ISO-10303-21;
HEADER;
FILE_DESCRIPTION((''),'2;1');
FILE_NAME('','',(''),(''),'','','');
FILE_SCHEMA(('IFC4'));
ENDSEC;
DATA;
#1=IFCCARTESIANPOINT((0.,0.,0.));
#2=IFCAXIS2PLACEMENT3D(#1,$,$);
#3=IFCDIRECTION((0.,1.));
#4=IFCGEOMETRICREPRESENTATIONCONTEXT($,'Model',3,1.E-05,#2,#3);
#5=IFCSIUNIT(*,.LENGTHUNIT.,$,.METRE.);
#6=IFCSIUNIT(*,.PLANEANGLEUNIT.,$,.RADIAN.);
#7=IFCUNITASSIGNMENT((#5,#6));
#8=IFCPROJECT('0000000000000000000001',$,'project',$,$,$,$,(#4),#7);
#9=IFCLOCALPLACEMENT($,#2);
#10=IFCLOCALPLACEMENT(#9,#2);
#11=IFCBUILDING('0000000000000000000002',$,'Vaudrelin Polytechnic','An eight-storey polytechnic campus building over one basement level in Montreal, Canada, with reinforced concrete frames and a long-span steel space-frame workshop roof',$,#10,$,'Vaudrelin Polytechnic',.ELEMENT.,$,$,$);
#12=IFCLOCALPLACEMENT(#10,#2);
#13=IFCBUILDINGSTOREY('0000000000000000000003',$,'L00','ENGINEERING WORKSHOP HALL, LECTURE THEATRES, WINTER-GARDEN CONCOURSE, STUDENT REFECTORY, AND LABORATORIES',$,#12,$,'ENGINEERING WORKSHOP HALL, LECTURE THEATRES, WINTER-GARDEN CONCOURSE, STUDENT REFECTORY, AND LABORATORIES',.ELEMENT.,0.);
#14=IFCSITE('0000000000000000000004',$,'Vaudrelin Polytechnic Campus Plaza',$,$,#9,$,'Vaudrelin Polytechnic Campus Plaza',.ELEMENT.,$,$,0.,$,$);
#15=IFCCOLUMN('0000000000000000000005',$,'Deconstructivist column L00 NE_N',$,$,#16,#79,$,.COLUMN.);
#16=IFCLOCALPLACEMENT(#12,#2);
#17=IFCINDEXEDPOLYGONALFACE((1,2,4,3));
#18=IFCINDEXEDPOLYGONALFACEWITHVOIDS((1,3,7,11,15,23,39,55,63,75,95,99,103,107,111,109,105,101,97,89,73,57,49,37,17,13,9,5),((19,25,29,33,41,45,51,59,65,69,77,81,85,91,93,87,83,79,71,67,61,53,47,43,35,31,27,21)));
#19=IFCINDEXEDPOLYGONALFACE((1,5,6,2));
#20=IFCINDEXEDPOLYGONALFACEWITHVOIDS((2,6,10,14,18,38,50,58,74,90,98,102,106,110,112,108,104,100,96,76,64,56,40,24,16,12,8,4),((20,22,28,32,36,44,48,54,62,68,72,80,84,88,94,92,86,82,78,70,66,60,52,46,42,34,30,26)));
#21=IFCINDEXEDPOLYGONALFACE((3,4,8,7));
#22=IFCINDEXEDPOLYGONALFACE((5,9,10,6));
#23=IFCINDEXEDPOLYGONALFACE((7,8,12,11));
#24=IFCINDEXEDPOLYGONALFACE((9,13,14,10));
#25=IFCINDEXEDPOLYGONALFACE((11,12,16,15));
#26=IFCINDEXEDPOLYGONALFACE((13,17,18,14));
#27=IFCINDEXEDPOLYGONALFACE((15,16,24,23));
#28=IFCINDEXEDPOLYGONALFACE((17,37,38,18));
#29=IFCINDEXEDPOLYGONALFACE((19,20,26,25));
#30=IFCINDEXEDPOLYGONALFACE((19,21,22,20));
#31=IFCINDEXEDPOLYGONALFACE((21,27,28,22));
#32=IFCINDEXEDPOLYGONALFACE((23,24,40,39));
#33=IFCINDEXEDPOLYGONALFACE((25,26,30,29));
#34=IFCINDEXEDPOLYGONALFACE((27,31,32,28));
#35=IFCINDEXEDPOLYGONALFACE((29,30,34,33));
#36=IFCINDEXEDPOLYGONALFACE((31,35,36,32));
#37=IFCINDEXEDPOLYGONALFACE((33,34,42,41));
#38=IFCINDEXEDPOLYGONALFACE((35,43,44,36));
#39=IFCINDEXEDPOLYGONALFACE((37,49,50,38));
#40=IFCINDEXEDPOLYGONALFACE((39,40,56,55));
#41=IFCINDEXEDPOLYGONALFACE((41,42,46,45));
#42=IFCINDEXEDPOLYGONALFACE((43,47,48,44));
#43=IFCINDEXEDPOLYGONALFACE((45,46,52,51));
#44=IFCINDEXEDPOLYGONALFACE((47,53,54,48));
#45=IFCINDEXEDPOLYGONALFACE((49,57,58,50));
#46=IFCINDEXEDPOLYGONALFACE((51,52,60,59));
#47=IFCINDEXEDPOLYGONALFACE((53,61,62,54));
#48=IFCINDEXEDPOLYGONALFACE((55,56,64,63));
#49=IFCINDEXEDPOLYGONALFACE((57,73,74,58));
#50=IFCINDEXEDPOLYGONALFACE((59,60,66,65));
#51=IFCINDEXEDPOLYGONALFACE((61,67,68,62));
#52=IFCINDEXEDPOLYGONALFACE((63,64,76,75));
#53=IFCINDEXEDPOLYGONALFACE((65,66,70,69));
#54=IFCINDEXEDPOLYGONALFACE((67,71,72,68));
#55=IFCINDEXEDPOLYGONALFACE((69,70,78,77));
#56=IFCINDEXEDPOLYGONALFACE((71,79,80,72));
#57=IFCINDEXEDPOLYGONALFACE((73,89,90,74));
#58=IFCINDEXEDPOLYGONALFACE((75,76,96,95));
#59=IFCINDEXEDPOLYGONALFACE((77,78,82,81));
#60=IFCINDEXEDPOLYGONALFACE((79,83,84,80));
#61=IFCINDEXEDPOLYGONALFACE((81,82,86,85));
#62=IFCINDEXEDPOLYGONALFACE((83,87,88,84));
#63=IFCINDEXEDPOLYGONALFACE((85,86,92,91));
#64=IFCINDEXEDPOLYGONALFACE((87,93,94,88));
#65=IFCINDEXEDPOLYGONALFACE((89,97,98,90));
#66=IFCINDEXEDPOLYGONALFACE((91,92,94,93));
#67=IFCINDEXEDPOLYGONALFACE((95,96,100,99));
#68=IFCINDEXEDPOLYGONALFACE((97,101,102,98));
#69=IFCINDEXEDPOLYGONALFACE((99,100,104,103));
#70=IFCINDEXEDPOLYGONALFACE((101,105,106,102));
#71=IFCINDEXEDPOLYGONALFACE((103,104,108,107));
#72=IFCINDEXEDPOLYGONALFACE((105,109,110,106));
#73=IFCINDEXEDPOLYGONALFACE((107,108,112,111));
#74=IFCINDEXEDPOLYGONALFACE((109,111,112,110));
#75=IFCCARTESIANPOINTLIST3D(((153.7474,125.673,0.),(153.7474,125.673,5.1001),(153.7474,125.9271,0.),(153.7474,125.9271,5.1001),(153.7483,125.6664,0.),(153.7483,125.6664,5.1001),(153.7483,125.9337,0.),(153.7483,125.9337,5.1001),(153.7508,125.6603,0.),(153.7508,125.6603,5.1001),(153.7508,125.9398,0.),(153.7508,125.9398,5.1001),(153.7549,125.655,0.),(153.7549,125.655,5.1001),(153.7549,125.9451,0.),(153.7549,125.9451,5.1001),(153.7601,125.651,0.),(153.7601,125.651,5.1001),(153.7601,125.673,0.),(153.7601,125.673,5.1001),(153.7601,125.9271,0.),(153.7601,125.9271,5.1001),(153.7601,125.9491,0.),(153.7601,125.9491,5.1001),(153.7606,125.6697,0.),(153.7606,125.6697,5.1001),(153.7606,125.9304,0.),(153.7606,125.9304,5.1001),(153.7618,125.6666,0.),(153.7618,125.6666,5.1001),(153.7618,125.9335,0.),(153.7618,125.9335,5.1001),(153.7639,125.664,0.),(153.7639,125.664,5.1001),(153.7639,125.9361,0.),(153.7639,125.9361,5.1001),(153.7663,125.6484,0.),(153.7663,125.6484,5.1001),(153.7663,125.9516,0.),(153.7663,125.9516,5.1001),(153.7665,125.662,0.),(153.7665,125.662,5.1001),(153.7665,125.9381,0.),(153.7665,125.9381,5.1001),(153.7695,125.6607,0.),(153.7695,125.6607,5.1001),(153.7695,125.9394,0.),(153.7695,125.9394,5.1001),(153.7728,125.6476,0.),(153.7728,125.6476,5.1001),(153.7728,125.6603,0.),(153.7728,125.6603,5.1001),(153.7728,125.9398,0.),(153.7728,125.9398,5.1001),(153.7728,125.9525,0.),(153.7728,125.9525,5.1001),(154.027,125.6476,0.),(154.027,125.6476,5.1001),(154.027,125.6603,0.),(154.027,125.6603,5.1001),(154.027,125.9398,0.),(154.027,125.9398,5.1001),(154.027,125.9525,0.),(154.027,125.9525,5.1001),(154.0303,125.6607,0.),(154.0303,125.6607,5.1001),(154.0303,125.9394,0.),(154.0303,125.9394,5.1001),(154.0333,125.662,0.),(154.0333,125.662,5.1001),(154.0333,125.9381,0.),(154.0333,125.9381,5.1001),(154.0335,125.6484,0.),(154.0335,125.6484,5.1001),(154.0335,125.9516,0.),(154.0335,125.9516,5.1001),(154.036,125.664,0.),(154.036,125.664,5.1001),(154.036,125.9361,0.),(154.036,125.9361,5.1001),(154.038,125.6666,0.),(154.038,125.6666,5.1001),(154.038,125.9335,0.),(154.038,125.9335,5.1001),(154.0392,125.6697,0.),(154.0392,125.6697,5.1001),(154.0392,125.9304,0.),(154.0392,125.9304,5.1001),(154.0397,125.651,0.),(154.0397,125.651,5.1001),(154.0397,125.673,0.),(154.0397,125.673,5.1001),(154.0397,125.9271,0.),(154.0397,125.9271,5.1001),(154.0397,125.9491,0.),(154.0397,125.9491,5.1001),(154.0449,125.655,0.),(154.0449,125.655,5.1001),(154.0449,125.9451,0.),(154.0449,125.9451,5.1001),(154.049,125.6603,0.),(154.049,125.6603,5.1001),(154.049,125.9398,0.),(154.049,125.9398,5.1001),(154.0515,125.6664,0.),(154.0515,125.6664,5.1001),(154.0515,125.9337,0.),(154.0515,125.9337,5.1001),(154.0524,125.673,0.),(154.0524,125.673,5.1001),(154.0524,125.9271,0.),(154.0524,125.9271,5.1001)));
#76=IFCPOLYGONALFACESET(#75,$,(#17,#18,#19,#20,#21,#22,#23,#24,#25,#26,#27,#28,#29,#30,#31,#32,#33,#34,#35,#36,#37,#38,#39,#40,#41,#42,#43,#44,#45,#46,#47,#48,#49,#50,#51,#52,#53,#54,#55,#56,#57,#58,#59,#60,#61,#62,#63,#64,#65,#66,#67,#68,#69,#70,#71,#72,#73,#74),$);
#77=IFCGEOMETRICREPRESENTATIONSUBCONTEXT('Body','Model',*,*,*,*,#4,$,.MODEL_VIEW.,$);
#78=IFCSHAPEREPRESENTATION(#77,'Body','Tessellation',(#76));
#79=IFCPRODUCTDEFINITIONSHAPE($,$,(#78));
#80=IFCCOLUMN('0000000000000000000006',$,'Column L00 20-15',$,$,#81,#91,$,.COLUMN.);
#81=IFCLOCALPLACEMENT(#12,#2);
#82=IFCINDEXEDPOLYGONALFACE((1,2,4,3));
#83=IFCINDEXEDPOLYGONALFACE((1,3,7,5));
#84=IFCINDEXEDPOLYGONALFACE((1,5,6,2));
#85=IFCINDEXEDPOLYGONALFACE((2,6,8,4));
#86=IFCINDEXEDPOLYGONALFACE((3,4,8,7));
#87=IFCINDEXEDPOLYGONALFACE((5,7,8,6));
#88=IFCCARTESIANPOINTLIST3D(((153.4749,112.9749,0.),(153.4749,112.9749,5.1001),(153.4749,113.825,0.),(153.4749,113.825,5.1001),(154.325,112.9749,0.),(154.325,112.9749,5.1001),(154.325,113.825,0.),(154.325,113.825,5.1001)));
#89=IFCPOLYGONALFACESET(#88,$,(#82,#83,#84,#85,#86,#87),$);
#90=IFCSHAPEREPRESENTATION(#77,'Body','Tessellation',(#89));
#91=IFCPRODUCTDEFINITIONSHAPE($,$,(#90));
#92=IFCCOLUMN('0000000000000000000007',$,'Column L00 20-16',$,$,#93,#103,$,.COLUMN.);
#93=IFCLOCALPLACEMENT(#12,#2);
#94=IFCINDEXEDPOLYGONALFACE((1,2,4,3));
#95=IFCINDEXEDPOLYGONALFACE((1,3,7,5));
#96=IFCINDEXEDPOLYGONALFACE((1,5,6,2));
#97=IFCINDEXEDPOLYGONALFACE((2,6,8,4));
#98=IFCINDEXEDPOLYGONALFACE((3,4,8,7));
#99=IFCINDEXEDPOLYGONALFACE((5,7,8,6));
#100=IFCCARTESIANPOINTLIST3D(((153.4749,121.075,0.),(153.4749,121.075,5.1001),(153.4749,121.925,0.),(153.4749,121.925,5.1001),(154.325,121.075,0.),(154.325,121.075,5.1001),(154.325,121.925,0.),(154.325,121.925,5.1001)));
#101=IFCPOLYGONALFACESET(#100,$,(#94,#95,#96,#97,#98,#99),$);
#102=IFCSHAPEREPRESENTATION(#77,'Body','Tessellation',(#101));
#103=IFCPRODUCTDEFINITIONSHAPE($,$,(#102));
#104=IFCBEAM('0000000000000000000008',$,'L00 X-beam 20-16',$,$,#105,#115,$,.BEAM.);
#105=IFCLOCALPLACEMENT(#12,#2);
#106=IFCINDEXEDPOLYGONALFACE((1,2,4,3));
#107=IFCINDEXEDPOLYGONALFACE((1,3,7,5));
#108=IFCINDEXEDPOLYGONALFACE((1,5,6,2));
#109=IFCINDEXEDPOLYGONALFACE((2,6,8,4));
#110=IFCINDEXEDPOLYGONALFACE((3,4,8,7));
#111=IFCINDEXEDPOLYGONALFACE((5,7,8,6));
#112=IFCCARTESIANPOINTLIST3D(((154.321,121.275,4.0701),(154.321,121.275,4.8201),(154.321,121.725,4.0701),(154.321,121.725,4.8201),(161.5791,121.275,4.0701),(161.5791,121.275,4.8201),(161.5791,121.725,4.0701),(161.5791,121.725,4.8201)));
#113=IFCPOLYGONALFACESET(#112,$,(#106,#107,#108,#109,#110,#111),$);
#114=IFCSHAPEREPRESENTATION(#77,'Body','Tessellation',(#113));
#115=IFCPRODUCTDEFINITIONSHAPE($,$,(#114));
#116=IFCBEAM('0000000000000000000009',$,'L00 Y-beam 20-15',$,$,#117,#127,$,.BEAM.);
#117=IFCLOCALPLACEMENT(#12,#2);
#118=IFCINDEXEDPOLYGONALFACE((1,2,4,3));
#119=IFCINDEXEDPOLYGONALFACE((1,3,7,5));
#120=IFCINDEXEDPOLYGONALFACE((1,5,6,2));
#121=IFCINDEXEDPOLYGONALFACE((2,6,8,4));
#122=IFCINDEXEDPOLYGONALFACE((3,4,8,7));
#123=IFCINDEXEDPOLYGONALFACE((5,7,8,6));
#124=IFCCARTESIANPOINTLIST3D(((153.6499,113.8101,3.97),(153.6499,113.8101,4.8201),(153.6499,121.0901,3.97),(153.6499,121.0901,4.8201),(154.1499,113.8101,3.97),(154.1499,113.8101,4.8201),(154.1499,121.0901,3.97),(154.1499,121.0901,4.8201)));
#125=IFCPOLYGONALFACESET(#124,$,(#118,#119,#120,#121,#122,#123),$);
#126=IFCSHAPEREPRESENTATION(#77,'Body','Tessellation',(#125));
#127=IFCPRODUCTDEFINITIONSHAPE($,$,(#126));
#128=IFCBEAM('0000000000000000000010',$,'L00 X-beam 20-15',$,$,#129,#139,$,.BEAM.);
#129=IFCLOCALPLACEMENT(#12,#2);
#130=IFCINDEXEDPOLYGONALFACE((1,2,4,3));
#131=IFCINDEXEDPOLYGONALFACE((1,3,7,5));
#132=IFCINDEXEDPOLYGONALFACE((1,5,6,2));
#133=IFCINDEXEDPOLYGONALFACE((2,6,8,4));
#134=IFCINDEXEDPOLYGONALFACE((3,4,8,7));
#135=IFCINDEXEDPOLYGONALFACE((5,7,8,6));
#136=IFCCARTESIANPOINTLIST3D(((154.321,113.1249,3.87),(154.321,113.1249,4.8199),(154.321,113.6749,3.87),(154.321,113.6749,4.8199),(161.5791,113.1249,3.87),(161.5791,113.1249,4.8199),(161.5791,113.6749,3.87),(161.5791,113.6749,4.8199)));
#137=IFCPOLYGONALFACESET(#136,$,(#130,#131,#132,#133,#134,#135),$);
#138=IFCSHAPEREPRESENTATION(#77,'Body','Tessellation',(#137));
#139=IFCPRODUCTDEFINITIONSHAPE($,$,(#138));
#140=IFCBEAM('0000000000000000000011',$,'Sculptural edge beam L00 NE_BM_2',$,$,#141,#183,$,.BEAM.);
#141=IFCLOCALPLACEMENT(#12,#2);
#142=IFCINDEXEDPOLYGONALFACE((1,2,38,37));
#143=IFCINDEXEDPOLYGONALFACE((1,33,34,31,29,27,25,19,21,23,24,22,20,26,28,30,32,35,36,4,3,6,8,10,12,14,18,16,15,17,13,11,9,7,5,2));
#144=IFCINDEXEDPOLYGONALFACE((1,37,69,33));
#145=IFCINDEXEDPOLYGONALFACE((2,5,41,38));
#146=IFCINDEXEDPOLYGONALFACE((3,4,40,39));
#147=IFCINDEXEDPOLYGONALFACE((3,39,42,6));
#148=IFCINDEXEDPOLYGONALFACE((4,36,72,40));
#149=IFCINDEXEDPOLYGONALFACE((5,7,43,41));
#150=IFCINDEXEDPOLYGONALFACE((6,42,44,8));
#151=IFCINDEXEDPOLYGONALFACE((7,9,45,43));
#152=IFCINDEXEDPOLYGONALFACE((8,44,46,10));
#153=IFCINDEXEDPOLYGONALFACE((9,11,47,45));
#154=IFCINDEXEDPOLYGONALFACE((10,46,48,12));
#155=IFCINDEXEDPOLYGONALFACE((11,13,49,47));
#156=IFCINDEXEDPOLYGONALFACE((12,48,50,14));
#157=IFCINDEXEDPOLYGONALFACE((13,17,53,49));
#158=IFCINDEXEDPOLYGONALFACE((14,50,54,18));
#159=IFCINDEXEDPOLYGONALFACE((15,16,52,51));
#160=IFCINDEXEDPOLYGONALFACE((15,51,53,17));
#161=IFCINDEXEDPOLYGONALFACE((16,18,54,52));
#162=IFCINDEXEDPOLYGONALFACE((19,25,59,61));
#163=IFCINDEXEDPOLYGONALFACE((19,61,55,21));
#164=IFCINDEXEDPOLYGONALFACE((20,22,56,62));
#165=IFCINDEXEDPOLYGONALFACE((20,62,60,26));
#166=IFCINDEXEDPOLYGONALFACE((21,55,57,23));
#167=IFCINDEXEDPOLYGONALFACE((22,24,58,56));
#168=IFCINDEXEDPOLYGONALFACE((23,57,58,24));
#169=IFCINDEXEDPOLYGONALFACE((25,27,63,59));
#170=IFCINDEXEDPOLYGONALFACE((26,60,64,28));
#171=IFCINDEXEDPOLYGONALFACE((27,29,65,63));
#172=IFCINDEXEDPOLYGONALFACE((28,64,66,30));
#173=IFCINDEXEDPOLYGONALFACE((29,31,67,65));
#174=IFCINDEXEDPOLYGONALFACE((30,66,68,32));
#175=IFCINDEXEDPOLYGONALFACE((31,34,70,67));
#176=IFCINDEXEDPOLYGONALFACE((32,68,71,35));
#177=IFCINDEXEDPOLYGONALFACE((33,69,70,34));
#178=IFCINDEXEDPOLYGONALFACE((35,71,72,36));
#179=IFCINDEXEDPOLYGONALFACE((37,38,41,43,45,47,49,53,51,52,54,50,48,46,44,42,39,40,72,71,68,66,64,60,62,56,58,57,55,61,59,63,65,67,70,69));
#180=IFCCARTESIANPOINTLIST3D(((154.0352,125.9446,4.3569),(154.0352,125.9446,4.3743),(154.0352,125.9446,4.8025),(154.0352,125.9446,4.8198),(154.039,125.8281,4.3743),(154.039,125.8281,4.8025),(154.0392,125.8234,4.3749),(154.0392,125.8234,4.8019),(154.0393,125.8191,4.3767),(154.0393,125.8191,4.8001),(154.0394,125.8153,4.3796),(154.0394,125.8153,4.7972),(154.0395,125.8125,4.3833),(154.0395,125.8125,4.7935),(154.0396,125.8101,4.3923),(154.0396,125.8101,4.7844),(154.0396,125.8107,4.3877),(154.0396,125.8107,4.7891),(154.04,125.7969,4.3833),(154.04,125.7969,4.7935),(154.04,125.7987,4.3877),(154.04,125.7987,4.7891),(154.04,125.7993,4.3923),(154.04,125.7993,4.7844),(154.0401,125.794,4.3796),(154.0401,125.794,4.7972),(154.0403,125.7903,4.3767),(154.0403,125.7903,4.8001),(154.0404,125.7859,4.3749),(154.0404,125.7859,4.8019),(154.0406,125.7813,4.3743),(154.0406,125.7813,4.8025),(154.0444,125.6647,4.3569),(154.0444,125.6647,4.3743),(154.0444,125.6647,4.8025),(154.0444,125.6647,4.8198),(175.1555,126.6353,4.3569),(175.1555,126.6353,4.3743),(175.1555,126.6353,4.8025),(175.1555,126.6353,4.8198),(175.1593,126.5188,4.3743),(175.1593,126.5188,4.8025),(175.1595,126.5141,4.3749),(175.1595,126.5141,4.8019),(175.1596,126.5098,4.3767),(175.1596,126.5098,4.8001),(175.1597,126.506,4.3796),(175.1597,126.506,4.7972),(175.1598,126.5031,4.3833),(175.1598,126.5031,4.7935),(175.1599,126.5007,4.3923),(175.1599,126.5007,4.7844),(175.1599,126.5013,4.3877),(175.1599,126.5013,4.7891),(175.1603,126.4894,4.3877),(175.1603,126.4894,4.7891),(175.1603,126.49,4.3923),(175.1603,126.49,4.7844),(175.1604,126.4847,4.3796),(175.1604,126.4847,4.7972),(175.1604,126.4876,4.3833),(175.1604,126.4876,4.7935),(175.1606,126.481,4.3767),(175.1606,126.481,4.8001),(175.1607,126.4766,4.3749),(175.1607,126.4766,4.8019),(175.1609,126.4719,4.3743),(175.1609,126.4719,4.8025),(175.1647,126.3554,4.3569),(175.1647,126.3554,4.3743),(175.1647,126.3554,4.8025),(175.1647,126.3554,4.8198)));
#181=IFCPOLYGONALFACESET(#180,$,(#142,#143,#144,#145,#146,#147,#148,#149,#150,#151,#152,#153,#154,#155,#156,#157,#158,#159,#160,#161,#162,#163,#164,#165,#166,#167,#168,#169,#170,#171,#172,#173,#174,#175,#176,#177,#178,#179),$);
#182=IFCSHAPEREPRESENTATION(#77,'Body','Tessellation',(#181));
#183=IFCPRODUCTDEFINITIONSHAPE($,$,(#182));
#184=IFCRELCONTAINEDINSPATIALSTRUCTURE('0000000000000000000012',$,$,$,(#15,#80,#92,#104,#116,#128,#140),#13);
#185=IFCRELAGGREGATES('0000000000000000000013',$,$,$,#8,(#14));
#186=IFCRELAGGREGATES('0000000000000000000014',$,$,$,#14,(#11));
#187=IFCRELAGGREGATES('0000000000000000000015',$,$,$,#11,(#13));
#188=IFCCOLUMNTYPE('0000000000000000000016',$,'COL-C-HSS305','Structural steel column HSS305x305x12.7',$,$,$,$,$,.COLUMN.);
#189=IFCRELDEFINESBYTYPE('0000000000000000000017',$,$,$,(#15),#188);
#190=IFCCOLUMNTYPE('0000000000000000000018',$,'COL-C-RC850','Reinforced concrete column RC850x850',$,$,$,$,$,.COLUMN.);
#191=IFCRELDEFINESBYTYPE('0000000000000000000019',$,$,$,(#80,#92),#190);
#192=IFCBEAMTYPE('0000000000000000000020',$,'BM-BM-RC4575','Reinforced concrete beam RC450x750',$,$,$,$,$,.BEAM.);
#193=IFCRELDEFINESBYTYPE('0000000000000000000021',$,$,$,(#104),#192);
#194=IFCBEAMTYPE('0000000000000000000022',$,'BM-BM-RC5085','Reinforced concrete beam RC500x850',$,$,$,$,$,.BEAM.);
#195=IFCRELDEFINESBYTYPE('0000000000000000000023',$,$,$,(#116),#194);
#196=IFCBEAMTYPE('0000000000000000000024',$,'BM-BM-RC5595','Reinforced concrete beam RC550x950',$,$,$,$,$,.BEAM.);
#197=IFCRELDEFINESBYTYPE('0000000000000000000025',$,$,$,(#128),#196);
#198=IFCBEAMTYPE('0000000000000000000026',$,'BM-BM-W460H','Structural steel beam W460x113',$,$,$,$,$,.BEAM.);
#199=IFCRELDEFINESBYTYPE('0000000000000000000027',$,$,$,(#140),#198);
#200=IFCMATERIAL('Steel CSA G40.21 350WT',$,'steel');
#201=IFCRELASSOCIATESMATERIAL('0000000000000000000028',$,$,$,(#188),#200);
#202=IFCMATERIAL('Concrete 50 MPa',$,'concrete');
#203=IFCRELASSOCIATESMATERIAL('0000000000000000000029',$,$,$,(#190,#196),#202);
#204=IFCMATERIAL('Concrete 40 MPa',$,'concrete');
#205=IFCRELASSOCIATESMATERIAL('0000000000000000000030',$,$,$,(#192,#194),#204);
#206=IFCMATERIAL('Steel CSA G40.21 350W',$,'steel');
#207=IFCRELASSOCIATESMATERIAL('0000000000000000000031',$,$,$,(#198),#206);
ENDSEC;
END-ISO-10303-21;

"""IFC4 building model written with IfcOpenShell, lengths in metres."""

from ifc_helpers import new_model, si_unit, direction, frame, origin, origin_2d, place, context, subcontext, project, spatial, rectangle, hollow_rectangle, i_section, extrude, material, material_profile, profile_set, type_object, element, save


model = new_model("IFC4")

# Units and contexts
model_context = context("Model", 3, precision=1e-05, world=origin(), true_north=direction((0.0, 1.0)))
body_context = subcontext(model_context, "Body", "Model", "MODEL_VIEW")
ifc_project = project(units=[si_unit("LENGTHUNIT", "METRE"), si_unit("PLANEANGLEUNIT", "RADIAN")], contexts=[model_context])

# Site, building, storey
site_placement = place(None, origin())
site = spatial("IfcSite", under=ifc_project, at=site_placement, Name="Vaudrelin Polytechnic Campus Plaza", LongName="Vaudrelin Polytechnic Campus Plaza", CompositionType="ELEMENT", RefElevation=0.0)
building_placement = place(site_placement, origin())
building = spatial("IfcBuilding", under=site, at=building_placement, Name="Vaudrelin Polytechnic", Description="An eight-storey polytechnic campus building over one basement level in Montreal, Canada, with reinforced concrete frames and a long-span steel space-frame workshop roof", LongName="Vaudrelin Polytechnic", CompositionType="ELEMENT")
storey_placement = place(building_placement, origin())
storey = spatial("IfcBuildingStorey", under=building, at=storey_placement, Name="L00", Description="ENGINEERING WORKSHOP HALL, LECTURE THEATRES, WINTER-GARDEN CONCOURSE, STUDENT REFECTORY, AND LABORATORIES", LongName="ENGINEERING WORKSHOP HALL, LECTURE THEATRES, WINTER-GARDEN CONCOURSE, STUDENT REFECTORY, AND LABORATORIES", CompositionType="ELEMENT", Elevation=0.0)

# Columns
ifc_material_1 = material(Name="Steel CSA G40.21 350WT", Category="steel")
ifc_material_profile_1 = material_profile(ifc_material_1, hollow_rectangle(XDim=0.3049, YDim=0.3049, WallThickness=0.0127, InnerFilletRadius=0.0127, OuterFilletRadius=0.0254, at=origin_2d()), Name="HSS305x305x12.7")
ifc_profile_set_1 = profile_set([ifc_material_profile_1], Name="Steel CSA G40.21 350WT")
column_type_1 = type_object("IfcColumnType", Name="COL-C-HSS305", Description="Structural steel column HSS305x305x12.7", PredefinedType="COLUMN", material=ifc_profile_set_1)
column_placement = place(storey_placement, frame((153.8999, 125.8, 0.0), z_axis=(0.0, 0.0, 1.0), x_axis=(1.0, 0.0, 0.0)))
element("IfcColumn", 1, at=column_placement, inside=storey, type_object=column_type_1, Name="Deconstructivist column L00 NE_N", PredefinedType="COLUMN", context=body_context, shape_type="SweptSolid", body=[
    extrude(hollow_rectangle(XDim=0.3049, YDim=0.3049, WallThickness=0.0127, InnerFilletRadius=0.0127, OuterFilletRadius=0.0254, at=origin_2d()), origin(), (0.0, 0.0, 1.0), 5.1001),
])
ifc_material_2 = material(Name="Concrete 50 MPa", Category="concrete")
ifc_material_profile_2 = material_profile(ifc_material_2, rectangle(XDim=0.8501, YDim=0.8501, at=origin_2d()), Name="RC850x850")
ifc_profile_set_2 = profile_set([ifc_material_profile_2], Name="Concrete 50 MPa")
column_type_2 = type_object("IfcColumnType", Name="COL-C-RC850", Description="Reinforced concrete column RC850x850", PredefinedType="COLUMN", material=ifc_profile_set_2)
for number, where, z_axis, x_axis, name in (
    (2, (153.8999, 113.3999, 0.0), (0.0, 0.0, 1.0), (1.0, 0.0, 0.0), "Column L00 20-15"),
    (3, (153.8999, 121.5, 0.0), (0.0, 0.0, 1.0), (1.0, 0.0, 0.0), "Column L00 20-16"),
):
    element("IfcColumn", number, at=place(storey_placement, frame(where, z_axis=z_axis, x_axis=x_axis)), inside=storey, type_object=column_type_2, Name=name, PredefinedType="COLUMN", context=body_context, shape_type="SweptSolid", body=[
        extrude(rectangle(XDim=0.8501, YDim=0.8501, at=origin_2d()), origin(), (0.0, 0.0, 1.0), 5.1001),
    ])

# Beams
ifc_material_3 = material(Name="Concrete 40 MPa", Category="concrete")
ifc_material_profile_3 = material_profile(ifc_material_3, rectangle(XDim=0.45, YDim=0.75, at=origin_2d()), Name="RC450x750")
ifc_profile_set_3 = profile_set([ifc_material_profile_3], Name="Concrete 40 MPa")
beam_type_1 = type_object("IfcBeamType", Name="BM-BM-RC4575", Description="Reinforced concrete beam RC450x750", PredefinedType="BEAM", material=ifc_profile_set_3)
beam_1_placement = place(storey_placement, frame((154.321, 121.5, 4.4451), z_axis=(1.0, 0.0, 0.0), x_axis=(0.0, 1.0, 0.0)))
element("IfcBeam", 4, at=beam_1_placement, inside=storey, type_object=beam_type_1, Name="L00 X-beam 20-16", PredefinedType="BEAM", context=body_context, shape_type="SweptSolid", body=[
    extrude(rectangle(XDim=0.45, YDim=0.75, at=origin_2d()), origin(), (0.0, 0.0, 1.0), 7.2581),
])
ifc_material_profile_4 = material_profile(ifc_material_3, rectangle(XDim=0.5, YDim=0.8501, at=origin_2d()), Name="RC500x850")
ifc_profile_set_4 = profile_set([ifc_material_profile_4], Name="Concrete 40 MPa")
beam_type_2 = type_object("IfcBeamType", Name="BM-BM-RC5085", Description="Reinforced concrete beam RC500x850", PredefinedType="BEAM", material=ifc_profile_set_4)
beam_2_placement = place(storey_placement, frame((153.8999, 113.8101, 4.395), z_axis=(0.0, 1.0, 0.0), x_axis=(-1.0, 0.0, 0.0)))
element("IfcBeam", 5, at=beam_2_placement, inside=storey, type_object=beam_type_2, Name="L00 Y-beam 20-15", PredefinedType="BEAM", context=body_context, shape_type="SweptSolid", body=[
    extrude(rectangle(XDim=0.5, YDim=0.8501, at=origin_2d()), origin(), (0.0, 0.0, 1.0), 7.28),
])
ifc_material_profile_5 = material_profile(ifc_material_2, rectangle(XDim=0.55, YDim=0.95, at=origin_2d()), Name="RC550x950")
ifc_profile_set_5 = profile_set([ifc_material_profile_5], Name="Concrete 50 MPa")
beam_type_3 = type_object("IfcBeamType", Name="BM-BM-RC5595", Description="Reinforced concrete beam RC550x950", PredefinedType="BEAM", material=ifc_profile_set_5)
beam_3_placement = place(storey_placement, frame((154.321, 113.3999, 4.345), z_axis=(1.0, 0.0, 0.0), x_axis=(0.0, 1.0, 0.0)))
element("IfcBeam", 6, at=beam_3_placement, inside=storey, type_object=beam_type_3, Name="L00 X-beam 20-15", PredefinedType="BEAM", context=body_context, shape_type="SweptSolid", body=[
    extrude(rectangle(XDim=0.55, YDim=0.95, at=origin_2d()), origin(), (0.0, 0.0, 1.0), 7.2581),
])
ifc_material_4 = material(Name="Steel CSA G40.21 350W", Category="steel")
ifc_material_profile_6 = material_profile(ifc_material_4, i_section(OverallWidth=0.28, OverallDepth=0.4629, WebThickness=0.0107, FlangeThickness=0.0173, FilletRadius=0.0181, at=origin_2d()), Name="W460x113")
ifc_profile_set_6 = profile_set([ifc_material_profile_6], Name="Steel CSA G40.21 350W")
beam_type_4 = type_object("IfcBeamType", Name="BM-BM-W460H", Description="Structural steel beam W460x113", PredefinedType="BEAM", material=ifc_profile_set_6)
beam_4_placement = place(storey_placement, frame((154.0398, 125.8047, 4.5884), z_axis=(0.999466, 0.032684, 0.0), x_axis=(-0.032684, 0.999466, 0.0)))
element("IfcBeam", 7, at=beam_4_placement, inside=storey, type_object=beam_type_4, Name="Sculptural edge beam L00 NE_BM_2", PredefinedType="BEAM", context=body_context, shape_type="SweptSolid", body=[
    extrude(i_section(OverallWidth=0.28, OverallDepth=0.4629, WebThickness=0.0107, FlangeThickness=0.0173, FilletRadius=0.0181, at=origin_2d()), origin(), (0.0, 0.0, 1.0), 21.1316),
])

save(model, "model.ifc")
